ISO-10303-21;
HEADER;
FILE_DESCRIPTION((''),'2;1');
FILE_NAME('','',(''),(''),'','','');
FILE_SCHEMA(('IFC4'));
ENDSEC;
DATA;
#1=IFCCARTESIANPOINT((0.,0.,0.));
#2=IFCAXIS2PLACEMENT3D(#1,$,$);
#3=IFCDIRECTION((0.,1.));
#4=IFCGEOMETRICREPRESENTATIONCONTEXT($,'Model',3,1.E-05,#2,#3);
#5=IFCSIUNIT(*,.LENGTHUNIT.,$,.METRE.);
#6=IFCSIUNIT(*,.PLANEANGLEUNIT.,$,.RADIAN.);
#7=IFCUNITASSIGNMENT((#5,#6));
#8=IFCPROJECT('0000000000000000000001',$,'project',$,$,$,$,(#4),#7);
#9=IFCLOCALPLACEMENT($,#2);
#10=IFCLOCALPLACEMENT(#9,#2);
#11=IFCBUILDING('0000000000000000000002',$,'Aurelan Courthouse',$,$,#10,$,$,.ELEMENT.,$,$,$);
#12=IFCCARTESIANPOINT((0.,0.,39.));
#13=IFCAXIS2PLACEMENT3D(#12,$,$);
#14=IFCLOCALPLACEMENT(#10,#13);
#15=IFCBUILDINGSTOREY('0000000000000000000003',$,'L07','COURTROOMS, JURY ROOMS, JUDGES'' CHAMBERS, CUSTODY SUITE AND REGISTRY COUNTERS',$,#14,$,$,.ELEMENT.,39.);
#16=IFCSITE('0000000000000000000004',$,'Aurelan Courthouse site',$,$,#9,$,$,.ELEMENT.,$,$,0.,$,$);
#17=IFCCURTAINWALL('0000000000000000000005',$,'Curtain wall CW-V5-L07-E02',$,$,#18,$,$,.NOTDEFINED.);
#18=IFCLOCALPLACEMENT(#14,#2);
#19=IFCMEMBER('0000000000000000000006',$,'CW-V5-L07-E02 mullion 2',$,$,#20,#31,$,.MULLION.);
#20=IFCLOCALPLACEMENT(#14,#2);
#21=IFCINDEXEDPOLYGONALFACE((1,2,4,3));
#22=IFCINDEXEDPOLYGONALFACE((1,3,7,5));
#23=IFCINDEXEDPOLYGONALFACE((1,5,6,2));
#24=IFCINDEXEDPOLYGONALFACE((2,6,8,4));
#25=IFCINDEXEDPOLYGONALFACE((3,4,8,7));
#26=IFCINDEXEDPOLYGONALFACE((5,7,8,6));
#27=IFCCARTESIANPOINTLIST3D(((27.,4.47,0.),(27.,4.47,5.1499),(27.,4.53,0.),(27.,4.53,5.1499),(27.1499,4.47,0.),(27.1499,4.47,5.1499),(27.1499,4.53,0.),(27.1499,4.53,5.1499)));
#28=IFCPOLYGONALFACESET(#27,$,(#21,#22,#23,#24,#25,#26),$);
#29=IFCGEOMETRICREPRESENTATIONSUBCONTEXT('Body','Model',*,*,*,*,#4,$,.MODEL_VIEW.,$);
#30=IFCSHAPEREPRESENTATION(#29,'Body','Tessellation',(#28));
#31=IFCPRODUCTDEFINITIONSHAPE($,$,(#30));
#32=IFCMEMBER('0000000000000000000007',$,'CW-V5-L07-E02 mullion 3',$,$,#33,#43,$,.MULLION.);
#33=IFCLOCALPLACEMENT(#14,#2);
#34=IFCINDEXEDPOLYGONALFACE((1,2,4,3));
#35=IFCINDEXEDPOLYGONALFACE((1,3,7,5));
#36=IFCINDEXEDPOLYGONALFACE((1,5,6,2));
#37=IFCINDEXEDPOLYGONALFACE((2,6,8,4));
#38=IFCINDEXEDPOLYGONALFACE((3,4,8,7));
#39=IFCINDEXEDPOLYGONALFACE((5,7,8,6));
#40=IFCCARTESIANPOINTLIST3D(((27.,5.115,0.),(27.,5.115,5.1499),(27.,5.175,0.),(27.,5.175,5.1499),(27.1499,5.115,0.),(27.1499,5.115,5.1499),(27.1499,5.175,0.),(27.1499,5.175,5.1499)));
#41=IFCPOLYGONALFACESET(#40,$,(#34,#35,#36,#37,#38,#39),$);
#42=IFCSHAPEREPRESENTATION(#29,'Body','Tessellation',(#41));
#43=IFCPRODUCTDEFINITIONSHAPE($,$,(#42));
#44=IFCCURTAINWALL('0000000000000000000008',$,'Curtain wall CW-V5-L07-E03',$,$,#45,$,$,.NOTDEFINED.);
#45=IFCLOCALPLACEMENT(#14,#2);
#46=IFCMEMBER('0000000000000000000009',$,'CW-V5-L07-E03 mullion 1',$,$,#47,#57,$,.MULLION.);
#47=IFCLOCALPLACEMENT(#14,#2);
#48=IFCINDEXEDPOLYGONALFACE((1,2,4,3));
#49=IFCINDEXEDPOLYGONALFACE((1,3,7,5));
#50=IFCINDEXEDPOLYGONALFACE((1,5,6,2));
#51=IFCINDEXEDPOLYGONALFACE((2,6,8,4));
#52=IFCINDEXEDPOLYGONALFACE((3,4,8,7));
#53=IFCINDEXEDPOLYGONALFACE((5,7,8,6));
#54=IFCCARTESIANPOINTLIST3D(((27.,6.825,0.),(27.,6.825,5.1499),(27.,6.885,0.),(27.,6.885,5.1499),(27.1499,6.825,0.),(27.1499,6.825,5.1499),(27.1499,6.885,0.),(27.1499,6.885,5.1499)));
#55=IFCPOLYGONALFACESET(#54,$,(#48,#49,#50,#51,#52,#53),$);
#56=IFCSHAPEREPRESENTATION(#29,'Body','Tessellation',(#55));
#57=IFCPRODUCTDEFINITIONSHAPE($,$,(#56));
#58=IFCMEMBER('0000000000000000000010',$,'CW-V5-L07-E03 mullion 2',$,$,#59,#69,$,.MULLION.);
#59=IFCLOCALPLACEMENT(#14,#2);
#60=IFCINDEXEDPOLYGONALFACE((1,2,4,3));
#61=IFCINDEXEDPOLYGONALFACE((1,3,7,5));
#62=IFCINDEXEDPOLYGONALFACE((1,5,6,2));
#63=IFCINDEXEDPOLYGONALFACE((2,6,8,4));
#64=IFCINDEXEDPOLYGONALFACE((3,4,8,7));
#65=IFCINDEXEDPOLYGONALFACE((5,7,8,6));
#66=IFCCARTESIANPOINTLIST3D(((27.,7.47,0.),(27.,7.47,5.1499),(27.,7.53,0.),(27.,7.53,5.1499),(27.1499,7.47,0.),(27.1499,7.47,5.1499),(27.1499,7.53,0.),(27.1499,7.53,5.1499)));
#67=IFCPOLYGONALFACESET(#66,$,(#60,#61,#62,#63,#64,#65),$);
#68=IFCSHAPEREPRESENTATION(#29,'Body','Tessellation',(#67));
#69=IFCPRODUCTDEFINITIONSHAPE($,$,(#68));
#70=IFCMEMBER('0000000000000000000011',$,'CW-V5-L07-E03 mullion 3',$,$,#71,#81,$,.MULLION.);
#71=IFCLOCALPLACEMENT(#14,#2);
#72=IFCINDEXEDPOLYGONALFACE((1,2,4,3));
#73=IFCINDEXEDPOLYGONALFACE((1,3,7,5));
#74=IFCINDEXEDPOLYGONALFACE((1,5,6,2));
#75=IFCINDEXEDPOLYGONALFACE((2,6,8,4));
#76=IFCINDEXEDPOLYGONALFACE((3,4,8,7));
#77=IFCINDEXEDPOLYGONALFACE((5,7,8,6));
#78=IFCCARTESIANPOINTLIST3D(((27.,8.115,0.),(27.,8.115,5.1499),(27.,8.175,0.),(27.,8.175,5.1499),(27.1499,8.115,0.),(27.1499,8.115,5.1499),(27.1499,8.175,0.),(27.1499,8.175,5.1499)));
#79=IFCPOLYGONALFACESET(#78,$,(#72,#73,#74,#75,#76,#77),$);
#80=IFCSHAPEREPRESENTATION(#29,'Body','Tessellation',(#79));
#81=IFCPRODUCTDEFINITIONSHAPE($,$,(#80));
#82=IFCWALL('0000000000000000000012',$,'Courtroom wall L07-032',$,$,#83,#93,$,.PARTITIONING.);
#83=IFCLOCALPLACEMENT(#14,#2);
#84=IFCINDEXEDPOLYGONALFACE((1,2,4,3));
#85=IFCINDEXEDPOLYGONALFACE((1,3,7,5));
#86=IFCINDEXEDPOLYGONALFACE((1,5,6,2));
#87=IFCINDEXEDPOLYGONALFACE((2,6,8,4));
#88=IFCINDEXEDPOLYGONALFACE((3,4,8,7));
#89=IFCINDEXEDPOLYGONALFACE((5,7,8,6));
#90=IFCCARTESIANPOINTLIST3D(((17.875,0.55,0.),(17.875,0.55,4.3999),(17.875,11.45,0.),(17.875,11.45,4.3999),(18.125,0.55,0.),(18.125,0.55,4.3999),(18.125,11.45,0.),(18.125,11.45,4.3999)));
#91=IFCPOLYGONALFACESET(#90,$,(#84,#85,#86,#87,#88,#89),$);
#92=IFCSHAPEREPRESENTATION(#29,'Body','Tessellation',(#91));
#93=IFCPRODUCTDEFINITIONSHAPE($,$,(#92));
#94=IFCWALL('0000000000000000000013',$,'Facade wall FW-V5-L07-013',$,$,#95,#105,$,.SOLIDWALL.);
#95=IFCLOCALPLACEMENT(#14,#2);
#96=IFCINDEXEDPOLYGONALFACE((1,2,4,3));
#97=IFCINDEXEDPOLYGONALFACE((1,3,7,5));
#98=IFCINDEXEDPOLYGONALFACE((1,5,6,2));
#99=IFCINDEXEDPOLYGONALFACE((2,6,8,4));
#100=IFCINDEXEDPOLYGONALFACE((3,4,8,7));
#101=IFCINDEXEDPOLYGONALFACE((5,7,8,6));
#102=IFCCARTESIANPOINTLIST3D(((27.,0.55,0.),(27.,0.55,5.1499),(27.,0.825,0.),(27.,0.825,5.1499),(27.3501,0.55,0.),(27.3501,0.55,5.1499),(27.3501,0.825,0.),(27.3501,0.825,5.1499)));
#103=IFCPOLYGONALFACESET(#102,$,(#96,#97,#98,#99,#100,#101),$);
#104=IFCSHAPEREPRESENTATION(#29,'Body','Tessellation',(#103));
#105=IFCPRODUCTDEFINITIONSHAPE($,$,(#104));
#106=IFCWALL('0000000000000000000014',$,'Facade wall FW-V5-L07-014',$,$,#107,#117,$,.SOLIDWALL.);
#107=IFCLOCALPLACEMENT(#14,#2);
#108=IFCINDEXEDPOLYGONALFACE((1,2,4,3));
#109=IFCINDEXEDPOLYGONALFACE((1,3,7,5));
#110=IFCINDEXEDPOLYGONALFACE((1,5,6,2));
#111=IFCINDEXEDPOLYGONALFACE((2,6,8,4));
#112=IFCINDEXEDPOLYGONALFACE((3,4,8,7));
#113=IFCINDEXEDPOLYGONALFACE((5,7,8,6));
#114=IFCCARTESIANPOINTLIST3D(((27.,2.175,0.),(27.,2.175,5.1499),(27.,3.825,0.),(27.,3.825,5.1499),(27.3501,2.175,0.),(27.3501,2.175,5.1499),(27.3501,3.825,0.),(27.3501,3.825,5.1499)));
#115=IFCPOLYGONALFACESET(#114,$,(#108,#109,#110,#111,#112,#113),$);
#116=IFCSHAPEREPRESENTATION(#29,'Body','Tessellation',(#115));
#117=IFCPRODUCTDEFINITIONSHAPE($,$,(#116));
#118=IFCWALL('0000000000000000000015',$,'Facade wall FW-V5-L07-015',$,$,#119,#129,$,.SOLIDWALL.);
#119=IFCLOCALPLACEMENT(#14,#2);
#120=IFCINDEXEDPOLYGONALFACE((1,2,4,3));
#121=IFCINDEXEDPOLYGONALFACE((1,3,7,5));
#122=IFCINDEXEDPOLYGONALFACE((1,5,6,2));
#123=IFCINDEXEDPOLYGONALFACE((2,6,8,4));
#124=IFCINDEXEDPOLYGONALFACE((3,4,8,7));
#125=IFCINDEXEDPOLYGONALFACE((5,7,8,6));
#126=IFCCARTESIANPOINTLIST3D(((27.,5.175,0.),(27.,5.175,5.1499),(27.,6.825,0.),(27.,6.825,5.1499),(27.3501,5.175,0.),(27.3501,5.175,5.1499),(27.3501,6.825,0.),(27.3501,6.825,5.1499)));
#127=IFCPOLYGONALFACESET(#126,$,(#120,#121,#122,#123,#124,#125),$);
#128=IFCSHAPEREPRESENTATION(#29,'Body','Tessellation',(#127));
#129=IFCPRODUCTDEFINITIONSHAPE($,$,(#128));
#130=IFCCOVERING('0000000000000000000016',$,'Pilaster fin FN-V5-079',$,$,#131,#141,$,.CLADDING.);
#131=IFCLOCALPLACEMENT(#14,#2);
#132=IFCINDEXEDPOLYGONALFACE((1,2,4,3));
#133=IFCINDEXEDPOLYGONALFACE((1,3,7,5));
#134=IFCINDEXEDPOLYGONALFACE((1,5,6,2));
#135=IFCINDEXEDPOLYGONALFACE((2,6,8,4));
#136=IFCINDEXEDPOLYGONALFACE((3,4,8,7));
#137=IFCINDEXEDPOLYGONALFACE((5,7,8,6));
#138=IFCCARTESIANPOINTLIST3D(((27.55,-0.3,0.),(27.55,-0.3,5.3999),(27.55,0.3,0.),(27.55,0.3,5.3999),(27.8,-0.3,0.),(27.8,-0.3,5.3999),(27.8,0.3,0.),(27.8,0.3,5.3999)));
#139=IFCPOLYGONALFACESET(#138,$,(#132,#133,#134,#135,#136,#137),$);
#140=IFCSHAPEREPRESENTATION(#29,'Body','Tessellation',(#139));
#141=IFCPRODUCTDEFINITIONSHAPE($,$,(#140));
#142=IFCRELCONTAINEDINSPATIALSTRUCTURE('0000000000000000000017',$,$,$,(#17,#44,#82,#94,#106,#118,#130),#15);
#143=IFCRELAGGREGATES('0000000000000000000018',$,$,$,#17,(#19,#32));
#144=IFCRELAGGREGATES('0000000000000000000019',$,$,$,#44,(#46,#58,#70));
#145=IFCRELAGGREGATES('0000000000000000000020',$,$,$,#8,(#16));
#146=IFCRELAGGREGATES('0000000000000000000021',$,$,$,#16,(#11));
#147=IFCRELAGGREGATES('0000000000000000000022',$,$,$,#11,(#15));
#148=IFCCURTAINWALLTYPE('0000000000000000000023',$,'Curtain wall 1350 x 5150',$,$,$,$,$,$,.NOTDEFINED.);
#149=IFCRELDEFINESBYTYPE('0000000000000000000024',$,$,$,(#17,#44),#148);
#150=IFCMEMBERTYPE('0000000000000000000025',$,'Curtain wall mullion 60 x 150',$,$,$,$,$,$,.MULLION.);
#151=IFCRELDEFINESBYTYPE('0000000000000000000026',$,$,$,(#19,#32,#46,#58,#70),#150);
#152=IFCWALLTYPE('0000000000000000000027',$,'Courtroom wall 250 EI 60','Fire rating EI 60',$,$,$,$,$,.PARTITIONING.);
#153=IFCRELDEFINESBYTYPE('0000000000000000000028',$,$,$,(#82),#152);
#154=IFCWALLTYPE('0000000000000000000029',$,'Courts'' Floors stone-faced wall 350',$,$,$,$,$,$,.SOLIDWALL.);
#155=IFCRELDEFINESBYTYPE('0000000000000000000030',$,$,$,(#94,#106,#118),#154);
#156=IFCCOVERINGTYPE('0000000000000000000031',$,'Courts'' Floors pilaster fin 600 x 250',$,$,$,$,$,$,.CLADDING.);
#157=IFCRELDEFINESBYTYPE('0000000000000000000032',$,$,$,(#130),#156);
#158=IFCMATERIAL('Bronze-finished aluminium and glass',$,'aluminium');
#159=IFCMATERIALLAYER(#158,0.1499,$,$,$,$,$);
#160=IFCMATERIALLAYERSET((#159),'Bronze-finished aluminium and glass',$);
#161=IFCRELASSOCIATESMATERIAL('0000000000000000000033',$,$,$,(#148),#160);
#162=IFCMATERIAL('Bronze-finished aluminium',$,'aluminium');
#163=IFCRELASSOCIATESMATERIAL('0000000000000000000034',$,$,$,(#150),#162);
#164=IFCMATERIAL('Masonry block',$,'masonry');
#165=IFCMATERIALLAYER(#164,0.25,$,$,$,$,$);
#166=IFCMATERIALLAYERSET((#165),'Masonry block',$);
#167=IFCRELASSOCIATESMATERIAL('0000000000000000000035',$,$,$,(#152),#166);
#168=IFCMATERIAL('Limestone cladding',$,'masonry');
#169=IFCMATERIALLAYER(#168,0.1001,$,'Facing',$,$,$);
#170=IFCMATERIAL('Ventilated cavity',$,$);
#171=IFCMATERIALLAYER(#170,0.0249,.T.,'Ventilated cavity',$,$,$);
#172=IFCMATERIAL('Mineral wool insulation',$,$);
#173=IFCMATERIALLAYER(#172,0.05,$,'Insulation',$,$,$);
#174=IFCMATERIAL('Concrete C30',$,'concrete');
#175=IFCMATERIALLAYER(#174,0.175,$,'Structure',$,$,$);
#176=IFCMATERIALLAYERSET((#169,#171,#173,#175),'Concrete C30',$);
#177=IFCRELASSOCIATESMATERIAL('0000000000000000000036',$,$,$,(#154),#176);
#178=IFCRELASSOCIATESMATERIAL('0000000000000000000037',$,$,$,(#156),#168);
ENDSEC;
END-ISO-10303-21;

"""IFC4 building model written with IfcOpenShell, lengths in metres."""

from ifc_helpers import new_model, si_unit, direction, frame, frame_2d, origin, origin_2d, place, context, subcontext, project, spatial, rectangle, extrude, material, layer, layer_set, material_profile, profile_set, type_object, element, aggregate, save


model = new_model("IFC4")

# Units and contexts
model_context = context("Model", 3, precision=1e-05, world=origin(), true_north=direction((0.0, 1.0)))
body_context = subcontext(model_context, "Body", "Model", "MODEL_VIEW")
ifc_project = project(units=[si_unit("LENGTHUNIT", "METRE"), si_unit("PLANEANGLEUNIT", "RADIAN")], contexts=[model_context])

# Site, building, storey
site_placement = place(None, origin())
site = spatial("IfcSite", under=ifc_project, at=site_placement, Name="Aurelan Courthouse site", CompositionType="ELEMENT", RefElevation=0.0)
building_placement = place(site_placement, origin())
building = spatial("IfcBuilding", under=site, at=building_placement, Name="Aurelan Courthouse", CompositionType="ELEMENT")
storey_placement = place(building_placement, frame((0.0, 0.0, 39.0)))
storey = spatial("IfcBuildingStorey", under=building, at=storey_placement, Name="L07", Description="COURTROOMS, JURY ROOMS, JUDGES' CHAMBERS, CUSTODY SUITE AND REGISTRY COUNTERS", CompositionType="ELEMENT", Elevation=39.0)

# Curtain walls, members
ifc_material_1 = material(Name="Bronze-finished aluminium and glass", Category="aluminium")
ifc_layer_1 = layer(ifc_material_1, 0.1499)
ifc_layer_set_1 = layer_set([ifc_layer_1], Name="Bronze-finished aluminium and glass")
curtain_wall_type = type_object("IfcCurtainWallType", Name="Curtain wall 1350 x 5150", PredefinedType="NOTDEFINED", material=ifc_layer_set_1)
ifc_material_2 = material(Name="Bronze-finished aluminium", Category="aluminium")
ifc_material_profile_1 = material_profile(ifc_material_2, rectangle(XDim=0.1499, YDim=0.0601, at=origin_2d()), Name="Bronze mullion 60 x 150")
ifc_profile_set_1 = profile_set([ifc_material_profile_1], Name="Bronze-finished aluminium")
member_type = type_object("IfcMemberType", Name="Curtain wall mullion 60 x 150", PredefinedType="MULLION", material=ifc_profile_set_1)
curtain_wall_1_placement = place(storey_placement, origin())
curtain_wall_1 = element("IfcCurtainWall", 1, at=curtain_wall_1_placement, inside=storey, type_object=curtain_wall_type, Name="Curtain wall CW-V5-L07-E02", PredefinedType="NOTDEFINED")
member_1_placement = place(storey_placement, frame((27.075, 4.5, 0.0), z_axis=(0.0, 0.0, 1.0), x_axis=(-1.0, 0.0, 0.0)))
member_1 = element("IfcMember", 2, at=member_1_placement, type_object=member_type, Name="CW-V5-L07-E02 mullion 2", PredefinedType="MULLION", context=body_context, shape_type="SweptSolid", body=[
    extrude(rectangle(XDim=0.1499, YDim=0.0601, at=origin_2d()), origin(), (0.0, 0.0, 1.0), 5.1499),
])
member_2_placement = place(storey_placement, frame((27.075, 5.145, 0.0), z_axis=(0.0, 0.0, 1.0), x_axis=(-1.0, 0.0, 0.0)))
member_2 = element("IfcMember", 3, at=member_2_placement, type_object=member_type, Name="CW-V5-L07-E02 mullion 3", PredefinedType="MULLION", context=body_context, shape_type="SweptSolid", body=[
    extrude(rectangle(XDim=0.1499, YDim=0.0601, at=origin_2d()), origin(), (0.0, 0.0, 1.0), 5.1499),
])
aggregate(curtain_wall_1, [member_1, member_2])
curtain_wall_2_placement = place(storey_placement, origin())
curtain_wall_2 = element("IfcCurtainWall", 4, at=curtain_wall_2_placement, inside=storey, type_object=curtain_wall_type, Name="Curtain wall CW-V5-L07-E03", PredefinedType="NOTDEFINED")
member_3_placement = place(storey_placement, frame((27.075, 6.855, 0.0), z_axis=(0.0, 0.0, 1.0), x_axis=(-1.0, 0.0, 0.0)))
member_3 = element("IfcMember", 5, at=member_3_placement, type_object=member_type, Name="CW-V5-L07-E03 mullion 1", PredefinedType="MULLION", context=body_context, shape_type="SweptSolid", body=[
    extrude(rectangle(XDim=0.1499, YDim=0.0601, at=origin_2d()), origin(), (0.0, 0.0, 1.0), 5.1499),
])
member_4_placement = place(storey_placement, frame((27.075, 7.5, 0.0), z_axis=(0.0, 0.0, 1.0), x_axis=(-1.0, 0.0, 0.0)))
member_4 = element("IfcMember", 6, at=member_4_placement, type_object=member_type, Name="CW-V5-L07-E03 mullion 2", PredefinedType="MULLION", context=body_context, shape_type="SweptSolid", body=[
    extrude(rectangle(XDim=0.1499, YDim=0.0601, at=origin_2d()), origin(), (0.0, 0.0, 1.0), 5.1499),
])
member_5_placement = place(storey_placement, frame((27.075, 8.145, 0.0), z_axis=(0.0, 0.0, 1.0), x_axis=(-1.0, 0.0, 0.0)))
member_5 = element("IfcMember", 7, at=member_5_placement, type_object=member_type, Name="CW-V5-L07-E03 mullion 3", PredefinedType="MULLION", context=body_context, shape_type="SweptSolid", body=[
    extrude(rectangle(XDim=0.1499, YDim=0.0601, at=origin_2d()), origin(), (0.0, 0.0, 1.0), 5.1499),
])
aggregate(curtain_wall_2, [member_3, member_4, member_5])

# Walls
ifc_material_3 = material(Name="Masonry block", Category="masonry")
ifc_layer_2 = layer(ifc_material_3, 0.25)
ifc_layer_set_2 = layer_set([ifc_layer_2], Name="Masonry block")
wall_type_1 = type_object("IfcWallType", Name="Courtroom wall 250 EI 60", Description="Fire rating EI 60", PredefinedType="PARTITIONING", material=ifc_layer_set_2)
wall_1_placement = place(storey_placement, frame((18.0, 0.55, 0.0), z_axis=(0.0, 0.0, 1.0), x_axis=(0.0, 1.0, 0.0)))
element("IfcWall", 8, at=wall_1_placement, inside=storey, type_object=wall_type_1, Name="Courtroom wall L07-032", PredefinedType="PARTITIONING", context=body_context, shape_type="SweptSolid", body=[
    extrude(rectangle(XDim=10.8999, YDim=0.25, at=frame_2d((5.45, 0.0))), origin(), (0.0, 0.0, 1.0), 4.3999),
])
ifc_material_4 = material(Name="Limestone cladding", Category="masonry")
ifc_layer_3 = layer(ifc_material_4, 0.1001, Name="Facing")
ifc_material_5 = material(Name="Ventilated cavity")
ifc_layer_4 = layer(ifc_material_5, 0.0249, ventilated=True, Name="Ventilated cavity")
ifc_material_6 = material(Name="Mineral wool insulation")
ifc_layer_5 = layer(ifc_material_6, 0.05, Name="Insulation")
ifc_material_7 = material(Name="Concrete C30", Category="concrete")
ifc_layer_6 = layer(ifc_material_7, 0.175, Name="Structure")
ifc_layer_set_3 = layer_set([ifc_layer_3, ifc_layer_4, ifc_layer_5, ifc_layer_6], Name="Concrete C30")
wall_type_2 = type_object("IfcWallType", Name="Courts' Floors stone-faced wall 350", PredefinedType="SOLIDWALL", material=ifc_layer_set_3)
wall_2_placement = place(storey_placement, frame((27.175, 0.55, 0.0), z_axis=(0.0, 0.0, 1.0), x_axis=(0.0, 1.0, 0.0)))
element("IfcWall", 9, at=wall_2_placement, inside=storey, type_object=wall_type_2, Name="Facade wall FW-V5-L07-013", PredefinedType="SOLIDWALL", context=body_context, shape_type="SweptSolid", body=[
    extrude(rectangle(XDim=0.2749, YDim=0.3501, at=frame_2d((0.1375, 0.0))), origin(), (0.0, 0.0, 1.0), 5.1499),
])
for number, where, z_axis, x_axis, name in (
    (10, (27.175, 2.175, 0.0), (0.0, 0.0, 1.0), (0.0, 1.0, 0.0), "Facade wall FW-V5-L07-014"),
    (11, (27.175, 5.175, 0.0), (0.0, 0.0, 1.0), (0.0, 1.0, 0.0), "Facade wall FW-V5-L07-015"),
):
    element("IfcWall", number, at=place(storey_placement, frame(where, z_axis=z_axis, x_axis=x_axis)), inside=storey, type_object=wall_type_2, Name=name, PredefinedType="SOLIDWALL", context=body_context, shape_type="SweptSolid", body=[
        extrude(rectangle(XDim=1.6499, YDim=0.3501, at=frame_2d((0.825, 0.0))), origin(), (0.0, 0.0, 1.0), 5.1499),
    ])

# Covering
covering_type = type_object("IfcCoveringType", Name="Courts' Floors pilaster fin 600 x 250", PredefinedType="CLADDING", material=ifc_material_4)
covering_placement = place(storey_placement, frame((27.675, 0.0, 0.0), z_axis=(0.0, 0.0, 1.0), x_axis=(1.0, 0.0, 0.0)))
element("IfcCovering", 12, at=covering_placement, inside=storey, type_object=covering_type, Name="Pilaster fin FN-V5-079", PredefinedType="CLADDING", context=body_context, shape_type="SweptSolid", body=[
    extrude(rectangle(XDim=0.25, YDim=0.6001, at=origin_2d()), origin(), (0.0, 0.0, 1.0), 5.3999),
])

save(model, "model.ifc")
